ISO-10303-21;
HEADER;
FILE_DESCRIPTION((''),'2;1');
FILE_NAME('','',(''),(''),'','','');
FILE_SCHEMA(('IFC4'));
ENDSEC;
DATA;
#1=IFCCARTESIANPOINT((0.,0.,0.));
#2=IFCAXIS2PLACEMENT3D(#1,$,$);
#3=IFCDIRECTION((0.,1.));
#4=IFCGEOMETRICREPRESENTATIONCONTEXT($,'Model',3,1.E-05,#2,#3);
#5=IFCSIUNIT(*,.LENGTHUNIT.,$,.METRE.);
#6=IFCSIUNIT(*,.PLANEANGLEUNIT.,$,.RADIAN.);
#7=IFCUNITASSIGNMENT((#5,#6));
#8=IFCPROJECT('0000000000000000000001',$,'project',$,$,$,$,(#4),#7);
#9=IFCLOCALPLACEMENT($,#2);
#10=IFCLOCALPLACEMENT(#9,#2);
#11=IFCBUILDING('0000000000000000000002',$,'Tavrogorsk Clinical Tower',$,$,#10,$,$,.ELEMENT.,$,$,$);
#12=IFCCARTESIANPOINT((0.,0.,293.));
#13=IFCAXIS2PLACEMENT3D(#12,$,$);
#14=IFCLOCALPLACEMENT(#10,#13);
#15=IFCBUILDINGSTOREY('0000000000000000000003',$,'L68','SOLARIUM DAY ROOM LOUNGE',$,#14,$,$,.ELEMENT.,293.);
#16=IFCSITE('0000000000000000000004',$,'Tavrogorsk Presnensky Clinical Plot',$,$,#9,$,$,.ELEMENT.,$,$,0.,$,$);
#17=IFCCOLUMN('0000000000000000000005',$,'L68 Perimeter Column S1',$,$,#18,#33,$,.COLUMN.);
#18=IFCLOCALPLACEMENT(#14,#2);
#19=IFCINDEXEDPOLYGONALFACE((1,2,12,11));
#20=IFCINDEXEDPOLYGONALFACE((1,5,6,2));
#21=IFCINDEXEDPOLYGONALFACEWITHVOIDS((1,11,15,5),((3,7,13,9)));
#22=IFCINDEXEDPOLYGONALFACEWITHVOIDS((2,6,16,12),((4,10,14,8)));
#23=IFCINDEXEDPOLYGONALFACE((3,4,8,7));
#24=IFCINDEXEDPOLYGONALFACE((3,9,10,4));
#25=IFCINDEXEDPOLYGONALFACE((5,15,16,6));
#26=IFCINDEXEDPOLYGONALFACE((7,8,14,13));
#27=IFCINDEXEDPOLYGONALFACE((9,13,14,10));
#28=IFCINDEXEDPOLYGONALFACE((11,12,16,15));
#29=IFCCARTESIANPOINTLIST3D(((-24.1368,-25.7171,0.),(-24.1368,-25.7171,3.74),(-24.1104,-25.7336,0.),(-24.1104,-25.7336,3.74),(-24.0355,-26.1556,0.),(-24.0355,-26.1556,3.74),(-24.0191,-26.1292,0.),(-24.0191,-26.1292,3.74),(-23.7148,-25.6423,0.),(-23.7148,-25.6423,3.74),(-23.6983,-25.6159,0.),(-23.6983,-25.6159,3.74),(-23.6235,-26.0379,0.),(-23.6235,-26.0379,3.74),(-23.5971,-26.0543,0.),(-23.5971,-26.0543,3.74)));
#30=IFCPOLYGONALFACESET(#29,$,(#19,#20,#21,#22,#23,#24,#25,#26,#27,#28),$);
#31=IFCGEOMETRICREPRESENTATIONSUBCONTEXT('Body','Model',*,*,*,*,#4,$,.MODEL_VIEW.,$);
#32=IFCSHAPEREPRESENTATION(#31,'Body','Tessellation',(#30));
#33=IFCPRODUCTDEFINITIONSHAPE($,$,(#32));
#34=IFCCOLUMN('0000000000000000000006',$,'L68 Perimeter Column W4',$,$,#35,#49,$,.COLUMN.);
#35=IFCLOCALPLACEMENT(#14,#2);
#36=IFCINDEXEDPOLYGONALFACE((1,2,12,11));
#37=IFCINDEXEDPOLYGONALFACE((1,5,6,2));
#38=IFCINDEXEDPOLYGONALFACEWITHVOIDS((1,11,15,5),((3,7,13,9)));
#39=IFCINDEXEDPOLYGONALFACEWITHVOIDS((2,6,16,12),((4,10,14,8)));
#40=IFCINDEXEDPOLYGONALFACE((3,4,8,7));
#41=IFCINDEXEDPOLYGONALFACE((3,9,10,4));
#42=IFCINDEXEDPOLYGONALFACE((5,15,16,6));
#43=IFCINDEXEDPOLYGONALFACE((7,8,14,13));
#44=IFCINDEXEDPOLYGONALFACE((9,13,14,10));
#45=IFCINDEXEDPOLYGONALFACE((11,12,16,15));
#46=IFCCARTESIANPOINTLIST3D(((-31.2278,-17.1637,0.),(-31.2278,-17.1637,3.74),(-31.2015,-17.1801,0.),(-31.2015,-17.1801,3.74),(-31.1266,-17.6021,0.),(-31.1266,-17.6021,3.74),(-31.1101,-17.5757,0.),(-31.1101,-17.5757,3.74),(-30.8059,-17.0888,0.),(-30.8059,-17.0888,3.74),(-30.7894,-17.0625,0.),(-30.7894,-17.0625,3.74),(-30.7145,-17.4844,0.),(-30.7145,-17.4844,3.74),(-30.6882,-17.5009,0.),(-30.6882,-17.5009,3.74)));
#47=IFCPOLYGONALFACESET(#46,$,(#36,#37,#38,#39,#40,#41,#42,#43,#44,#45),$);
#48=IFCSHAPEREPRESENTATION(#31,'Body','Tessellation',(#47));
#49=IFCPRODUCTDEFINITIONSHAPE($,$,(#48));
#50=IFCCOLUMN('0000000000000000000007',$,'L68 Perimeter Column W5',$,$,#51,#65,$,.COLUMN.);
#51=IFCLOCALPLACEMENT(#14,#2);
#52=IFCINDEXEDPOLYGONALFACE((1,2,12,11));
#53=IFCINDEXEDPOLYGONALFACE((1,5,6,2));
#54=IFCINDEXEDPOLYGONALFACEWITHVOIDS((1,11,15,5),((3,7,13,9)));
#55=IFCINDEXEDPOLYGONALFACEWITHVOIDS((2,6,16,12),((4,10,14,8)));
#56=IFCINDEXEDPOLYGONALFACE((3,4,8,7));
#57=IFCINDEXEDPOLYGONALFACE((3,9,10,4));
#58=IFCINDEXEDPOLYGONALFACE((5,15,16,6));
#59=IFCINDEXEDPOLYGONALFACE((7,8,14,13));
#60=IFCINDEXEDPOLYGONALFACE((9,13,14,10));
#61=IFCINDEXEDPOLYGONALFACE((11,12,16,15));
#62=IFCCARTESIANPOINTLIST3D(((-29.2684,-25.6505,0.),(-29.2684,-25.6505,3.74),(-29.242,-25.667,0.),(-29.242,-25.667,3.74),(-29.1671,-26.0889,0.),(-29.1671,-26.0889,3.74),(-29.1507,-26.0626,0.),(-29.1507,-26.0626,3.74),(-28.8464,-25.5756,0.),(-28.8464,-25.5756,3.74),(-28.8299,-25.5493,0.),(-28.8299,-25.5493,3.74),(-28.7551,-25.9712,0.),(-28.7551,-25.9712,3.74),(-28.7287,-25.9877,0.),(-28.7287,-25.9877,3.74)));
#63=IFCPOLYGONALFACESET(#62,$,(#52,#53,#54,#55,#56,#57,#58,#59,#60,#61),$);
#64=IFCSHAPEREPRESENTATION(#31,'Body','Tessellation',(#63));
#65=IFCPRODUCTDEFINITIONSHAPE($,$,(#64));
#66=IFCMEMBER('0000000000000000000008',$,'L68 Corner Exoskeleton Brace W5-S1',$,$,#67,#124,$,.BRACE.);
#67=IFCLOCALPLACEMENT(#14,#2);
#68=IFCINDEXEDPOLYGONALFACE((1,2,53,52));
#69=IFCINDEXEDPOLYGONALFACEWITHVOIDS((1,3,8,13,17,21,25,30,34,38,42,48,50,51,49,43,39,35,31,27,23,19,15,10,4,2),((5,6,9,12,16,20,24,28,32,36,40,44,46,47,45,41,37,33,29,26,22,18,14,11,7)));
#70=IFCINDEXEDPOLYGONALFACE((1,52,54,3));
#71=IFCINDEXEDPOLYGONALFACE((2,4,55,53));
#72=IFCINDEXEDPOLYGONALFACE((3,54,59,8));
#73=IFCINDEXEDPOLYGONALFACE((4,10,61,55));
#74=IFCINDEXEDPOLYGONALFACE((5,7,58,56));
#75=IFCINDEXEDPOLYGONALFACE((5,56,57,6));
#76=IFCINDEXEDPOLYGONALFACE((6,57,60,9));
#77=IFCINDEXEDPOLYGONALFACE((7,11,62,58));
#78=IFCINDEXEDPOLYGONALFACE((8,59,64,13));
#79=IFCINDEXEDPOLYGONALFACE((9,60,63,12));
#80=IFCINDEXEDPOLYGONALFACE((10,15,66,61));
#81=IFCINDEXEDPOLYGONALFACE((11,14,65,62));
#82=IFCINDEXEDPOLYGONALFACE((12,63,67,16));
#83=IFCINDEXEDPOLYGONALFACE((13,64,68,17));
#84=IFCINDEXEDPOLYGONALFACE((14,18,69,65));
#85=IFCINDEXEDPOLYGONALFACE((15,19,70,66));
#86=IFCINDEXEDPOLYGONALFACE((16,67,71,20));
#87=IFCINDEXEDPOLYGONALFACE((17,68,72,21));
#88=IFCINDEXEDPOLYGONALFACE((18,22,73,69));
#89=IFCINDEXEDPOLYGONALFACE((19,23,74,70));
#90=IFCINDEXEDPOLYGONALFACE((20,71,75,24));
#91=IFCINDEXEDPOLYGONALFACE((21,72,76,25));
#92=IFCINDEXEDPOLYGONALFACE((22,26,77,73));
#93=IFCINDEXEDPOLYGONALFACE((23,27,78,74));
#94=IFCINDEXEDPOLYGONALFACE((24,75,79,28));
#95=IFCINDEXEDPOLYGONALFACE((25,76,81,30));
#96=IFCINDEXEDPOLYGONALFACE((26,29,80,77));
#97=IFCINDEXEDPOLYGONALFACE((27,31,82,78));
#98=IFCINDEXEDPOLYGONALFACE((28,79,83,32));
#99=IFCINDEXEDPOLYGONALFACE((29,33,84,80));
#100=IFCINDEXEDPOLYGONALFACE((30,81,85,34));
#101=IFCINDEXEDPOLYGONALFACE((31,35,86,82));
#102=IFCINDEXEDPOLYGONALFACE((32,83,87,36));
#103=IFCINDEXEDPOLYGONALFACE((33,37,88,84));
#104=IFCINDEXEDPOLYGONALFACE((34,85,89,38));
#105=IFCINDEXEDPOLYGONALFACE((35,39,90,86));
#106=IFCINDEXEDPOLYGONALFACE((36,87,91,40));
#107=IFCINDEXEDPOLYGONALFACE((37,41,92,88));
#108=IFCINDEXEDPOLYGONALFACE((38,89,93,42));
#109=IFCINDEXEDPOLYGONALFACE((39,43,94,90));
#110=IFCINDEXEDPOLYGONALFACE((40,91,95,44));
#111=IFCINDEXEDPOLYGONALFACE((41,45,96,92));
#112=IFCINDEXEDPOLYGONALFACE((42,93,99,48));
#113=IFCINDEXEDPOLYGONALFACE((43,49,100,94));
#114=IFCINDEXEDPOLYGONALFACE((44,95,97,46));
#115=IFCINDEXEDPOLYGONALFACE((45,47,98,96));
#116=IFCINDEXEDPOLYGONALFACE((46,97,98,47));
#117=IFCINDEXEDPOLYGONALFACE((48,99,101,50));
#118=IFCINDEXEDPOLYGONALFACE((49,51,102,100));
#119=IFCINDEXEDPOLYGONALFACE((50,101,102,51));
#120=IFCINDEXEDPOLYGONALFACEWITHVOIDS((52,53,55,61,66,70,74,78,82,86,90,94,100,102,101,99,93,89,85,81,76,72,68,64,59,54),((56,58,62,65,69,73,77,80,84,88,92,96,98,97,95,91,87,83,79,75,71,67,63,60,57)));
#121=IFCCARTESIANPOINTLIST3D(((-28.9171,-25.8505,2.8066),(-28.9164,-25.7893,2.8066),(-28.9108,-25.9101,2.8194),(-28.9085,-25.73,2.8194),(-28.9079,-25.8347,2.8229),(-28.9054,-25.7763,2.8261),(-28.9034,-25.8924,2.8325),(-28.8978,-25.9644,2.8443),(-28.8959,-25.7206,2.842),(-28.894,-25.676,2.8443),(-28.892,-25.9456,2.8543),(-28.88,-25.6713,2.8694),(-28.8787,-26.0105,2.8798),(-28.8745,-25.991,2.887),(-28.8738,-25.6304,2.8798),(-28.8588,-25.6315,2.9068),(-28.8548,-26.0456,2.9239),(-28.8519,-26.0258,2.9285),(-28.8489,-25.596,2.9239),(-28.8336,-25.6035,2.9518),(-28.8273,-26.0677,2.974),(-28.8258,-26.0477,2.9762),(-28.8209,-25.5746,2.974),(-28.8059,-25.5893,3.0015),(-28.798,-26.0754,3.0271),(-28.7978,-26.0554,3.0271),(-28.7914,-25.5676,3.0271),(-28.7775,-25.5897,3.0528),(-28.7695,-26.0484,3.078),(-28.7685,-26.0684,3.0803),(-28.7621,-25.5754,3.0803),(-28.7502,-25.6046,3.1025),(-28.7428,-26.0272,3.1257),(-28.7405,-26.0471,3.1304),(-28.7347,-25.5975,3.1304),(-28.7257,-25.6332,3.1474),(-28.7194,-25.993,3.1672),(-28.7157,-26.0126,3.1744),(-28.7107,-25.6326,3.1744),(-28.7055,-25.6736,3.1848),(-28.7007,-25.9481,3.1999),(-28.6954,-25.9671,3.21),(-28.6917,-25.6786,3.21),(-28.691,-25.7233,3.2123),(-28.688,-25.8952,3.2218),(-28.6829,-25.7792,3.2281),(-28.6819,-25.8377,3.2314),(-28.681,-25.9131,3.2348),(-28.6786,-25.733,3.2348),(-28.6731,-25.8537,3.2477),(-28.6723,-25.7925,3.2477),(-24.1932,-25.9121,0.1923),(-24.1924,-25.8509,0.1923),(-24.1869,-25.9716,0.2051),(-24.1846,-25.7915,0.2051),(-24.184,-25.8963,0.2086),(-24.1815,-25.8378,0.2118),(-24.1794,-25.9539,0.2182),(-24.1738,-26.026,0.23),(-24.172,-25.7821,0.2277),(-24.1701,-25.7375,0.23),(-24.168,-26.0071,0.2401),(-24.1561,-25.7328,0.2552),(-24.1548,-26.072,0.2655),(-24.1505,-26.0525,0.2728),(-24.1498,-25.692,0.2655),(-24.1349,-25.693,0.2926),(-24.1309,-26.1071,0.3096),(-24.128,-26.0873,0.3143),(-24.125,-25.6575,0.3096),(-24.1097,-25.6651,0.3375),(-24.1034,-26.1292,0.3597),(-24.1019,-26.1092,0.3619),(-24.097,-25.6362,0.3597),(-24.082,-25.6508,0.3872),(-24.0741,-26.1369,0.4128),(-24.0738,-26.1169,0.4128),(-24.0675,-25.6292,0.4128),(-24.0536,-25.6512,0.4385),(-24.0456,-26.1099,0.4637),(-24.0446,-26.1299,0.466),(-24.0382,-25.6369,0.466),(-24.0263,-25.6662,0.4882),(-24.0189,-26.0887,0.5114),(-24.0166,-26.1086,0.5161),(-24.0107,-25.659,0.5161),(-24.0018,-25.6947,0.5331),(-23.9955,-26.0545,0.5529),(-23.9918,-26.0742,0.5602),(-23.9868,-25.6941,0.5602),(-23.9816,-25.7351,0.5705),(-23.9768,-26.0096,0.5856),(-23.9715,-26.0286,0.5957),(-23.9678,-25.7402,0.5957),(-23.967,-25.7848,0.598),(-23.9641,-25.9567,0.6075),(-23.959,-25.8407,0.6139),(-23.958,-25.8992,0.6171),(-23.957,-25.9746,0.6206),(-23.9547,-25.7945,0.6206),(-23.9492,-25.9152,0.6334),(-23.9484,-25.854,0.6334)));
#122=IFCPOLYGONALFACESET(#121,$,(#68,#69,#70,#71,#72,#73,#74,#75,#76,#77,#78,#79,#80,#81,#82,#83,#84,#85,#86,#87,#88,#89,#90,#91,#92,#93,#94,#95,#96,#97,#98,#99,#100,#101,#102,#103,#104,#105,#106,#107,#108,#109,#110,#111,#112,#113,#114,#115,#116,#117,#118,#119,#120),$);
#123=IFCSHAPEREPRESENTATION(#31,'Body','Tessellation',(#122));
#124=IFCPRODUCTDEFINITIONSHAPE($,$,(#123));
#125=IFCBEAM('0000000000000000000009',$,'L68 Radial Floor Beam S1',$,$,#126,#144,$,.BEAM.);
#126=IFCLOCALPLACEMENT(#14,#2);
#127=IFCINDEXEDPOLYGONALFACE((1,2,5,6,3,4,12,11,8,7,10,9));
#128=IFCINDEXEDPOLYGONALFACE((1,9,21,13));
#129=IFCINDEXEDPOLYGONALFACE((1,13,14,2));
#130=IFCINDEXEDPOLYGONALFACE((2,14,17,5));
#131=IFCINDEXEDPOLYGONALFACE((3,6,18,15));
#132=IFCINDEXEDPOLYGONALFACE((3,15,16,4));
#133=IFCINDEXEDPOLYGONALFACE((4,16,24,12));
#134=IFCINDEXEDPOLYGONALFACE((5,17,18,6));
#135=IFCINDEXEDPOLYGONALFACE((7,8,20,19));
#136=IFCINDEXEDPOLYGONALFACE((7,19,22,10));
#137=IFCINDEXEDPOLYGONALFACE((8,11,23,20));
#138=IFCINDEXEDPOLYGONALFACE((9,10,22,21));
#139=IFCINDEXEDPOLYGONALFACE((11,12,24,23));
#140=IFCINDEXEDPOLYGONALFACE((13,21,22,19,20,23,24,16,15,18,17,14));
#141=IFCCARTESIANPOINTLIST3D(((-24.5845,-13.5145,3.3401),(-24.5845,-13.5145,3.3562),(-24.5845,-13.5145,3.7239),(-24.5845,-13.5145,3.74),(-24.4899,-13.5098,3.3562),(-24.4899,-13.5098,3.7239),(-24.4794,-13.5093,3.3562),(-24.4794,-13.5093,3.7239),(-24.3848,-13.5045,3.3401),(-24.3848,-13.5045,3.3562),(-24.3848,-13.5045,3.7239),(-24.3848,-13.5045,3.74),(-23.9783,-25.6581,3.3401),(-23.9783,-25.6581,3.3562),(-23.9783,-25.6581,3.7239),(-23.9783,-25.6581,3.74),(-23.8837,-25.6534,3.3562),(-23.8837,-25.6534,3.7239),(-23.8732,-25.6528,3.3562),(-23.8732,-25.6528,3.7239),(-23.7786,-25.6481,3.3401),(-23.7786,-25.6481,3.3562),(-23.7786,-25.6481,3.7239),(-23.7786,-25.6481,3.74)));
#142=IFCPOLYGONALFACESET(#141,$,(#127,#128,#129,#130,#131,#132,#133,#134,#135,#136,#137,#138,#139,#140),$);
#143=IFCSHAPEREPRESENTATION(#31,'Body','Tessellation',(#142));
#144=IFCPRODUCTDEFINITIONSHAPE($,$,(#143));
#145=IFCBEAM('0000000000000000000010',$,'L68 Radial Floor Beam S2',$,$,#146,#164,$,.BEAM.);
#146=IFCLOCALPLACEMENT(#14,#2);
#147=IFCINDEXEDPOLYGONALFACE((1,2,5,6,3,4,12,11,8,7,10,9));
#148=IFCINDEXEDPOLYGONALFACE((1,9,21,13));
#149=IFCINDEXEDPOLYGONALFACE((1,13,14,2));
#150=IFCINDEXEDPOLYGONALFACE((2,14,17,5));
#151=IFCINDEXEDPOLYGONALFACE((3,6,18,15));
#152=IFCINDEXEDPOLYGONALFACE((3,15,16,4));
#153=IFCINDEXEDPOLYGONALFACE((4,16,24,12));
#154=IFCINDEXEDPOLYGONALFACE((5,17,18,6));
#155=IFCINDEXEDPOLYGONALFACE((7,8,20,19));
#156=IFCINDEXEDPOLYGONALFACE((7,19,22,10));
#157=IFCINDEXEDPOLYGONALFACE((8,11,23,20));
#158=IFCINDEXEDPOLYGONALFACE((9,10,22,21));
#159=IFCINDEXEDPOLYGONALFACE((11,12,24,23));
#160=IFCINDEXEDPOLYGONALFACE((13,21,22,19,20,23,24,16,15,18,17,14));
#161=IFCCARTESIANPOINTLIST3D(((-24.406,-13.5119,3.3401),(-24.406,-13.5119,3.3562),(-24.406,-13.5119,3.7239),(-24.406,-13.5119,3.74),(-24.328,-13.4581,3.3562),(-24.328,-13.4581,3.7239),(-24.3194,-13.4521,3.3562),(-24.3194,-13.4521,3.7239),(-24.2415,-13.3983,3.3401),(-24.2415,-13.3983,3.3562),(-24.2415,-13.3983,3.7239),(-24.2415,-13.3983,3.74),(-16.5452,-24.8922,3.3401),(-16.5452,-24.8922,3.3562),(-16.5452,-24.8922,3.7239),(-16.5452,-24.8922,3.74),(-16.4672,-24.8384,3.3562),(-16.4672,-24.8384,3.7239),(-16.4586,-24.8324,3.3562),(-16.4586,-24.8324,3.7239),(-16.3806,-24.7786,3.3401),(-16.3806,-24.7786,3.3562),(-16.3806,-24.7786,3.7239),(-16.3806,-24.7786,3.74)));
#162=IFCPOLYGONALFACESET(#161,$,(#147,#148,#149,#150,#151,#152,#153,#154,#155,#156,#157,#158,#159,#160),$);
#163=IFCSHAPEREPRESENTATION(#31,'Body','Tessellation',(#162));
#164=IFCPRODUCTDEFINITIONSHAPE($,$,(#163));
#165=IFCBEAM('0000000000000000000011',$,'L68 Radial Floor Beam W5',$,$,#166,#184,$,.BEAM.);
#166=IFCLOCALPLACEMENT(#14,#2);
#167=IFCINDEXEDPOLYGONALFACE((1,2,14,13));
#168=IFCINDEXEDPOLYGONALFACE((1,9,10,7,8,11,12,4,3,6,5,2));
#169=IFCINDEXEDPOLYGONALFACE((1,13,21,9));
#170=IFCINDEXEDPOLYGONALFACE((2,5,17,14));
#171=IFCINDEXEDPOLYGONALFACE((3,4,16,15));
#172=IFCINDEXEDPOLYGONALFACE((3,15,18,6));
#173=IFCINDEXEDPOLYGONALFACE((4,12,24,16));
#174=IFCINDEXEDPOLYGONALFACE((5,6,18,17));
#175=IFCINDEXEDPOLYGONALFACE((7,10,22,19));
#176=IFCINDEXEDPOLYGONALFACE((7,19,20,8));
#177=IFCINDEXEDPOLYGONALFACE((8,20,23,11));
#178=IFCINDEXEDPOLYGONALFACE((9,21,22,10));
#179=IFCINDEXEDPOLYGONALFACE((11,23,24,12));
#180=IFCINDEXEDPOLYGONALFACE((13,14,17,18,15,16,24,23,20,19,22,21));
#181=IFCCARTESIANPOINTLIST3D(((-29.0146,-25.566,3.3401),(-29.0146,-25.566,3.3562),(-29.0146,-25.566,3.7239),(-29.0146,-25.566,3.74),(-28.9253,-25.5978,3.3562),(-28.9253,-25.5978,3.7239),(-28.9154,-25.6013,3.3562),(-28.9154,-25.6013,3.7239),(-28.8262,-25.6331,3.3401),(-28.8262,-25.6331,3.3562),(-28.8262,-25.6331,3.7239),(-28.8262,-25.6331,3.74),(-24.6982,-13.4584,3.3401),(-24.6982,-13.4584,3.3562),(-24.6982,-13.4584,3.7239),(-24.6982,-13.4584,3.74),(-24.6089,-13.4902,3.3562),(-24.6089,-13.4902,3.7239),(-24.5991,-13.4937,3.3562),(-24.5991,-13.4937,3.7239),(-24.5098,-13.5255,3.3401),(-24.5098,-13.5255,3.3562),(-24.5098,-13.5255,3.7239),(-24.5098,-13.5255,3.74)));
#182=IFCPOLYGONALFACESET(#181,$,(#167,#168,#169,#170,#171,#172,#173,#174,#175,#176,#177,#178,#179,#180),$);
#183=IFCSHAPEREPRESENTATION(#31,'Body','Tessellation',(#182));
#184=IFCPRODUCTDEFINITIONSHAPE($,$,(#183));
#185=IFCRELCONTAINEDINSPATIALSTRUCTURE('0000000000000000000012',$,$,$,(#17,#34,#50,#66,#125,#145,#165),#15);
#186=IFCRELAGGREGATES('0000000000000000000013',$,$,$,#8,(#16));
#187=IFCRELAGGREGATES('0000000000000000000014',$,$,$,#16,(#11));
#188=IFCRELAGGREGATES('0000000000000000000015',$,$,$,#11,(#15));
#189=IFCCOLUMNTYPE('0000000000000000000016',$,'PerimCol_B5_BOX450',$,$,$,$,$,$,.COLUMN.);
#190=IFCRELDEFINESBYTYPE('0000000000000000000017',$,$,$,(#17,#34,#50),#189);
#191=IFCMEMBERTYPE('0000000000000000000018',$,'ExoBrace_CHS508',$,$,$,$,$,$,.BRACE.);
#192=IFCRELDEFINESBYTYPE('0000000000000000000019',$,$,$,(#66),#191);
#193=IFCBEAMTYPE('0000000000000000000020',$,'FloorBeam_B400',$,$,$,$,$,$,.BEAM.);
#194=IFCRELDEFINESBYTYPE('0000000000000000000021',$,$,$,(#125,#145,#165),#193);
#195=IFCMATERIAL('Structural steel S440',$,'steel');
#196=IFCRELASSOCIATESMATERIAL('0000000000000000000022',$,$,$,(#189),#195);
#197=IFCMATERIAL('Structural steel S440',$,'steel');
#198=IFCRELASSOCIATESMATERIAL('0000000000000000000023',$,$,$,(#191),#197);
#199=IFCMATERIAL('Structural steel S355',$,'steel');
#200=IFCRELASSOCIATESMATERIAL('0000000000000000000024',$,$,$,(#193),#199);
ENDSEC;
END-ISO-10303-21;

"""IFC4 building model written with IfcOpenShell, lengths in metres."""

from ifc_helpers import new_model, si_unit, direction, frame, origin, origin_2d, place, context, subcontext, project, spatial, hollow_rectangle, hollow_circle, i_section, extrude, material, material_profile, profile_set, type_object, element, save


model = new_model("IFC4")

# Units and contexts
model_context = context("Model", 3, precision=1e-05, world=origin(), true_north=direction((0.0, 1.0)))
body_context = subcontext(model_context, "Body", "Model", "MODEL_VIEW")
ifc_project = project(units=[si_unit("LENGTHUNIT", "METRE"), si_unit("PLANEANGLEUNIT", "RADIAN")], contexts=[model_context])

# Site, building, storey
site_placement = place(None, origin())
site = spatial("IfcSite", under=ifc_project, at=site_placement, Name="Tavrogorsk Presnensky Clinical Plot", CompositionType="ELEMENT", RefElevation=0.0)
building_placement = place(site_placement, origin())
building = spatial("IfcBuilding", under=site, at=building_placement, Name="Tavrogorsk Clinical Tower", CompositionType="ELEMENT")
storey_placement = place(building_placement, frame((0.0, 0.0, 293.0)))
storey = spatial("IfcBuildingStorey", under=building, at=storey_placement, Name="L68", Description="SOLARIUM DAY ROOM LOUNGE", CompositionType="ELEMENT", Elevation=293.0)

# Columns
ifc_material_1 = material(Name="Structural steel S440", Category="steel")
ifc_material_profile_1 = material_profile(ifc_material_1, hollow_rectangle(XDim=0.45, YDim=0.45, WallThickness=0.022, at=origin_2d()), Name="BOX-450x450x22")
ifc_profile_set_1 = profile_set([ifc_material_profile_1], Name="Structural steel S440")
column_type = type_object("IfcColumnType", Name="PerimCol_B5_BOX450", PredefinedType="COLUMN", material=ifc_profile_set_1)
for number, where, z_axis, x_axis, name in (
    (1, (-23.8669, -25.8857, 0.0), (0.0, 0.0, 1.0), (0.97437, 0.224951, 0.0), "L68 Perimeter Column S1"),
    (2, (-30.958, -17.3323, 0.0), (0.0, 0.0, 1.0), (0.97437, 0.224951, 0.0), "L68 Perimeter Column W4"),
    (3, (-28.9985, -25.8191, 0.0), (0.0, 0.0, 1.0), (0.97437, 0.224951, 0.0), "L68 Perimeter Column W5"),
):
    element("IfcColumn", number, at=place(storey_placement, frame(where, z_axis=z_axis, x_axis=x_axis)), inside=storey, type_object=column_type, Name=name, PredefinedType="COLUMN", context=body_context, shape_type="SweptSolid", body=[
        extrude(hollow_rectangle(XDim=0.45, YDim=0.45, WallThickness=0.022, at=origin_2d()), origin(), (0.0, 0.0, 1.0), 3.74),
    ])

# Member
ifc_material_2 = material(Name="Structural steel S440", Category="steel")
ifc_material_profile_2 = material_profile(ifc_material_2, hollow_circle(Radius=0.2539, WallThickness=0.02, at=origin_2d()), Name="CHS-508x20")
ifc_profile_set_2 = profile_set([ifc_material_profile_2], Name="Structural steel S440")
member_type_1 = type_object("IfcMemberType", Name="ExoBrace_CHS508", PredefinedType="BRACE", material=ifc_profile_set_2)
member_placement = place(storey_placement, frame((-24.0708, -25.8831, 0.4128), z_axis=(-0.874895, 0.011395, 0.484179), x_axis=(-0.013023, -0.999915, 0.0)))
element("IfcMember", 4, at=member_placement, inside=storey, type_object=member_type_1, Name="L68 Corner Exoskeleton Brace W5-S1", PredefinedType="BRACE", context=body_context, shape_type="SweptSolid", body=[
    extrude(hollow_circle(Radius=0.2539, WallThickness=0.02, at=origin_2d()), origin(), (0.0, 0.0, 1.0), 5.3994),
])

# Beams
ifc_material_3 = material(Name="Structural steel S355", Category="steel")
ifc_material_profile_3 = material_profile(ifc_material_3, i_section(OverallWidth=0.2, OverallDepth=0.3999, WebThickness=0.0105, FlangeThickness=0.0161, at=origin_2d()), Name="B-400x200x10.5x16")
ifc_profile_set_3 = profile_set([ifc_material_profile_3], Name="Structural steel S355")
beam_type_1 = type_object("IfcBeamType", Name="FloorBeam_B400", PredefinedType="BEAM", material=ifc_profile_set_3)
beam_1_placement = place(storey_placement, frame((-24.4846, -13.5095, 3.54), z_axis=(0.049857, -0.998756, 0.0), x_axis=(0.998756, 0.049857, 0.0)))
element("IfcBeam", 5, at=beam_1_placement, inside=storey, type_object=beam_type_1, Name="L68 Radial Floor Beam S1", PredefinedType="BEAM", context=body_context, shape_type="SweptSolid", body=[
    extrude(i_section(OverallWidth=0.2, OverallDepth=0.3999, WebThickness=0.0105, FlangeThickness=0.0161, at=origin_2d()), origin(), (0.0, 0.0, 1.0), 12.1587),
])
beam_2_placement = place(storey_placement, frame((-24.3237, -13.4551, 3.54), z_axis=(0.568336, -0.822797, 0.0), x_axis=(0.822797, 0.568336, 0.0)))
element("IfcBeam", 6, at=beam_2_placement, inside=storey, type_object=beam_type_1, Name="L68 Radial Floor Beam S2", PredefinedType="BEAM", context=body_context, shape_type="SweptSolid", body=[
    extrude(i_section(OverallWidth=0.2, OverallDepth=0.3999, WebThickness=0.0105, FlangeThickness=0.0161, at=origin_2d()), origin(), (0.0, 0.0, 1.0), 13.8313),
])
beam_3_placement = place(storey_placement, frame((-24.604, -13.4919, 3.54), z_axis=(-0.335801, -0.941933, 0.0), x_axis=(0.941933, -0.335801, 0.0)))
element("IfcBeam", 7, at=beam_3_placement, inside=storey, type_object=beam_type_1, Name="L68 Radial Floor Beam W5", PredefinedType="BEAM", context=body_context, shape_type="SweptSolid", body=[
    extrude(i_section(OverallWidth=0.2, OverallDepth=0.3999, WebThickness=0.0105, FlangeThickness=0.0161, at=origin_2d()), origin(), (0.0, 0.0, 1.0), 12.854),
])

save(model, "model.ifc")
